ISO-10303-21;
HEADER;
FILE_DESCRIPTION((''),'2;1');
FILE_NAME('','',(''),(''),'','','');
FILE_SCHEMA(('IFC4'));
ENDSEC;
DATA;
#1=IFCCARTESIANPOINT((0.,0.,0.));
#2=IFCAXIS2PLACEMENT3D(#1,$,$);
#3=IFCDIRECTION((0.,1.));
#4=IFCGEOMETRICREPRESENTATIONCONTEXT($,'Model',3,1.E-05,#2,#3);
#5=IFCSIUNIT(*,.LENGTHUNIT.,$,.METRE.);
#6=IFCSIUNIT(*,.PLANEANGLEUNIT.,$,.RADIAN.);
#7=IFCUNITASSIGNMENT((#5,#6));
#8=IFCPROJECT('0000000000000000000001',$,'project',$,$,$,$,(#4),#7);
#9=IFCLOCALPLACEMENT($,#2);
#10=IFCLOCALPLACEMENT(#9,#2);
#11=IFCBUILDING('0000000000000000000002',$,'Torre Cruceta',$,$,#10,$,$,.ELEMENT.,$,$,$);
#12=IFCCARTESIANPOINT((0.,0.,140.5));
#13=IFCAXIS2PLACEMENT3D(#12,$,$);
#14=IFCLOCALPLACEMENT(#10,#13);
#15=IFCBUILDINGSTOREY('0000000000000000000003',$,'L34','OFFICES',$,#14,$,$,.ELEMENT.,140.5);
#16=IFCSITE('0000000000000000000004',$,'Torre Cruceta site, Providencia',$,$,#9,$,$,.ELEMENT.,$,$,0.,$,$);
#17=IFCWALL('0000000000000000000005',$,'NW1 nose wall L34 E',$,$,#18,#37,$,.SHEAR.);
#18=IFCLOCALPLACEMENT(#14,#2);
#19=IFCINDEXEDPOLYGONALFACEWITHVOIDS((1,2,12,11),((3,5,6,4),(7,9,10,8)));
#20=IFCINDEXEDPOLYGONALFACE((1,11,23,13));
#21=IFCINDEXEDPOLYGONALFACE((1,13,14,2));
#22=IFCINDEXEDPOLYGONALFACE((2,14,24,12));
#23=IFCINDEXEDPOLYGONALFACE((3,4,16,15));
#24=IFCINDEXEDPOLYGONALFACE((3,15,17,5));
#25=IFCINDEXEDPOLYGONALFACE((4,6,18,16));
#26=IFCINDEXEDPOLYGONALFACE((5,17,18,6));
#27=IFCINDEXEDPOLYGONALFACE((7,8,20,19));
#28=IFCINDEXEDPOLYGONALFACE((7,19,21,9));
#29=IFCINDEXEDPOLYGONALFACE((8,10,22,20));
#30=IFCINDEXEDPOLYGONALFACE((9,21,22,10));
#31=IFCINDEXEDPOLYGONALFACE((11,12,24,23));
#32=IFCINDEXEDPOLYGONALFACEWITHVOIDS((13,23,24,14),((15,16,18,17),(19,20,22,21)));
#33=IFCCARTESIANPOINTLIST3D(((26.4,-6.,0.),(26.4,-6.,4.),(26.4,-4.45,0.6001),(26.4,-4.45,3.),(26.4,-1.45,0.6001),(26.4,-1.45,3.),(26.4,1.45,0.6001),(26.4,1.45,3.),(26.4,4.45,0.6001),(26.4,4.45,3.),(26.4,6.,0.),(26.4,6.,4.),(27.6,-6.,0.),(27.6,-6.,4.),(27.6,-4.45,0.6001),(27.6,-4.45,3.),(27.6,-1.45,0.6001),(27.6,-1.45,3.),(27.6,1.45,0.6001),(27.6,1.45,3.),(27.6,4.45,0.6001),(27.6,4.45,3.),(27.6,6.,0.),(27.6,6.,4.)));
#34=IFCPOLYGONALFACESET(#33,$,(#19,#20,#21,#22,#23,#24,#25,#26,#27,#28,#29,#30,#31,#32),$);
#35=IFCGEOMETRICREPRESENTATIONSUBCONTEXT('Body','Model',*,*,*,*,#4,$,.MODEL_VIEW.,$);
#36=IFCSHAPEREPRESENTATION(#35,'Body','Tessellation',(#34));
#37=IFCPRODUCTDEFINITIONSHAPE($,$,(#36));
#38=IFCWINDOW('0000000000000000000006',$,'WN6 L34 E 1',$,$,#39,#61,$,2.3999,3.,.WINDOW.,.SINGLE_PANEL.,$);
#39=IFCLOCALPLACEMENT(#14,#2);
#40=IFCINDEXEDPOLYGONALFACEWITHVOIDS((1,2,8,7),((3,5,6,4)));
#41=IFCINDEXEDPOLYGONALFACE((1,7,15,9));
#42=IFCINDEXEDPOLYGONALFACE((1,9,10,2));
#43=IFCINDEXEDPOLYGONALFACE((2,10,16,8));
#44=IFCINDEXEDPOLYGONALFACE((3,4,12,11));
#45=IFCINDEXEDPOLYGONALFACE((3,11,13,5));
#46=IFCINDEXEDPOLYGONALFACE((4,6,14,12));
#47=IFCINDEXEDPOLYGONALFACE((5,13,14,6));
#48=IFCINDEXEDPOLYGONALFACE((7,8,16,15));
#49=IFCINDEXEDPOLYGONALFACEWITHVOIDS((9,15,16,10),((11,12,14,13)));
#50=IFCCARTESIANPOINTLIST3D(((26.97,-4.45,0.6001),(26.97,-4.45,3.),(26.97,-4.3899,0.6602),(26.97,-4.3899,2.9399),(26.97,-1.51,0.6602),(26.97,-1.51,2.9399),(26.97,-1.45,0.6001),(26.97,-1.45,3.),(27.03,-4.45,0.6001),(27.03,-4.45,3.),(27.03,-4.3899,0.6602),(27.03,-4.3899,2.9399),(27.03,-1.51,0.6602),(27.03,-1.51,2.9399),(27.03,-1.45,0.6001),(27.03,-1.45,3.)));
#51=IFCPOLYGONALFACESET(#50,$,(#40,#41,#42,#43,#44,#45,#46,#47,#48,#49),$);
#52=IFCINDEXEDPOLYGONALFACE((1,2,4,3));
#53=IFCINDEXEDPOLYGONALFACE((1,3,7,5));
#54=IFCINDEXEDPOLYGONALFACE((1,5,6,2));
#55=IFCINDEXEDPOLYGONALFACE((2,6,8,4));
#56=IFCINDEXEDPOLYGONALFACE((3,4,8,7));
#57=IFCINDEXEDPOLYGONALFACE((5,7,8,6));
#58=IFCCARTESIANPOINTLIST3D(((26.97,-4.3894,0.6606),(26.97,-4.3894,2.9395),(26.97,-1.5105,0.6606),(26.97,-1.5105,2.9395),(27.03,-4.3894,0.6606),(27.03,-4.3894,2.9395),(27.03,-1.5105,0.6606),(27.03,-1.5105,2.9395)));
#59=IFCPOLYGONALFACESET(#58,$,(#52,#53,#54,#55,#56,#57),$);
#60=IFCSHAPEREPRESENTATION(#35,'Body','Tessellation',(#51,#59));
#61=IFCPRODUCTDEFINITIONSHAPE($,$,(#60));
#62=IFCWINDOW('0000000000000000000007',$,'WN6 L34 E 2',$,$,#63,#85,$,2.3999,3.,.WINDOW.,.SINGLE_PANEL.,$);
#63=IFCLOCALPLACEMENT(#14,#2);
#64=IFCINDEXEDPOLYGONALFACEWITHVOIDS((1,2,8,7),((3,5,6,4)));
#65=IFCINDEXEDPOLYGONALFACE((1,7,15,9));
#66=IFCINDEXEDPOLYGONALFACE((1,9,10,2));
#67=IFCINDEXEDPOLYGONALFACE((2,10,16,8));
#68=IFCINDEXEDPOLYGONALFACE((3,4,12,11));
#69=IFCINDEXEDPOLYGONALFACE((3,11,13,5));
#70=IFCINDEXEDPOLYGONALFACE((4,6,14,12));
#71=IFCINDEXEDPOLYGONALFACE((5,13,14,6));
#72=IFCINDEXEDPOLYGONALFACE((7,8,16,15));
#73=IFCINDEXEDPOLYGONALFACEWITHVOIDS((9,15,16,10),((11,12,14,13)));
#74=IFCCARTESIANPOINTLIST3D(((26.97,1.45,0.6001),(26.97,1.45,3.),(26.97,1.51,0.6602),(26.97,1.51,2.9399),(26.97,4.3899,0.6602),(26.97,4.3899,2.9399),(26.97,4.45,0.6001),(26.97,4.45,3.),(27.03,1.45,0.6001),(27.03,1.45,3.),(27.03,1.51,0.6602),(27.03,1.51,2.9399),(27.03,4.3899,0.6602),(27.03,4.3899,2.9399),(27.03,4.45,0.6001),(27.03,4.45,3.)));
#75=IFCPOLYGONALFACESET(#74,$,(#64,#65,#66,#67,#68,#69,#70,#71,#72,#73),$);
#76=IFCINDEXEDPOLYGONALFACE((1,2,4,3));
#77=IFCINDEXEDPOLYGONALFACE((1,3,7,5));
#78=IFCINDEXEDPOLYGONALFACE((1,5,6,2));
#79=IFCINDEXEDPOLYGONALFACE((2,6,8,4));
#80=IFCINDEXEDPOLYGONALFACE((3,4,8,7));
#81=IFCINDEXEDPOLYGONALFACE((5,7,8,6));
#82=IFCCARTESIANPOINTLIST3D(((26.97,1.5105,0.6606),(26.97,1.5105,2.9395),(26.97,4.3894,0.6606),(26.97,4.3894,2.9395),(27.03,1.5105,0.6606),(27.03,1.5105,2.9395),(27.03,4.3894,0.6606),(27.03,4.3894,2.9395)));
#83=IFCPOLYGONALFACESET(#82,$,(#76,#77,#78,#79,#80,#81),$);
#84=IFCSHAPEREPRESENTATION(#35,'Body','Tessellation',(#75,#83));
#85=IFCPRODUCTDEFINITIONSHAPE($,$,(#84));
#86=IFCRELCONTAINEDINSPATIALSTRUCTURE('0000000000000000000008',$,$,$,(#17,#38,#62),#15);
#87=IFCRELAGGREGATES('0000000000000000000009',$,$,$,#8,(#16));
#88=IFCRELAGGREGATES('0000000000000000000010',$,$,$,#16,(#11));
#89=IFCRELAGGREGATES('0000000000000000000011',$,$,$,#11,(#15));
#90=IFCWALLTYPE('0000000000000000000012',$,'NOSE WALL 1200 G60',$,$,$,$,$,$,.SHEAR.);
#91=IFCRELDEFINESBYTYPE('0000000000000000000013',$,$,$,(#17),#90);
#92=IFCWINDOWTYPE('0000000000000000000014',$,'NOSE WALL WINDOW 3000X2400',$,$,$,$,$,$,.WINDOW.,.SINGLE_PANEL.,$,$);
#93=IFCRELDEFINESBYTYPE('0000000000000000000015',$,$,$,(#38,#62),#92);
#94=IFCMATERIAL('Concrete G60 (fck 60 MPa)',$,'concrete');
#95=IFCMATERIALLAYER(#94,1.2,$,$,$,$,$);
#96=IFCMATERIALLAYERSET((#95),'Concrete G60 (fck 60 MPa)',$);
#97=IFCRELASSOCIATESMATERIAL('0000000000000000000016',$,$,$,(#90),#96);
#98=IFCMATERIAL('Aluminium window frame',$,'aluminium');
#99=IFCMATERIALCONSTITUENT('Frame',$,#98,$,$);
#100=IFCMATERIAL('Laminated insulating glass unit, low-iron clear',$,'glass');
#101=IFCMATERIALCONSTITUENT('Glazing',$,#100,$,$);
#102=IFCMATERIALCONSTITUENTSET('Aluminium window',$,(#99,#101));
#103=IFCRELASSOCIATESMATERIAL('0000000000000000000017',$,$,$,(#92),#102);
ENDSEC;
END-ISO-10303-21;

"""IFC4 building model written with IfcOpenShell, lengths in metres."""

from ifc_helpers import new_model, si_unit, direction, frame, frame_2d, origin, place, context, subcontext, project, spatial, rectangle, hollow_rectangle, extrude, material, layer, layer_set, constituent, constituent_set, type_object, element, fill, save


model = new_model("IFC4")

# Units and contexts
model_context = context("Model", 3, precision=1e-05, world=origin(), true_north=direction((0.0, 1.0)))
body_context = subcontext(model_context, "Body", "Model", "MODEL_VIEW")
ifc_project = project(units=[si_unit("LENGTHUNIT", "METRE"), si_unit("PLANEANGLEUNIT", "RADIAN")], contexts=[model_context])

# Site, building, storey
site_placement = place(None, origin())
site = spatial("IfcSite", under=ifc_project, at=site_placement, Name="Torre Cruceta site, Providencia", CompositionType="ELEMENT", RefElevation=0.0)
building_placement = place(site_placement, origin())
building = spatial("IfcBuilding", under=site, at=building_placement, Name="Torre Cruceta", CompositionType="ELEMENT")
storey_placement = place(building_placement, frame((0.0, 0.0, 140.5)))
storey = spatial("IfcBuildingStorey", under=building, at=storey_placement, Name="L34", Description="OFFICES", CompositionType="ELEMENT", Elevation=140.5)

# Wall, openings, windows
ifc_material_1 = material(Name="Concrete G60 (fck 60 MPa)", Category="concrete")
ifc_layer_1 = layer(ifc_material_1, 1.2)
ifc_layer_set_1 = layer_set([ifc_layer_1], Name="Concrete G60 (fck 60 MPa)")
wall_type_1 = type_object("IfcWallType", Name="NOSE WALL 1200 G60", PredefinedType="SHEAR", material=ifc_layer_set_1)
wall_1_placement = place(storey_placement, frame((27.0, -6.0, 0.0), z_axis=(0.0, 0.0, 1.0), x_axis=(0.0, 1.0, 0.0)))
wall_1 = element("IfcWall", 1, at=wall_1_placement, inside=storey, type_object=wall_type_1, Name="NW1 nose wall L34 E", PredefinedType="SHEAR", context=body_context, shape_type="SweptSolid", body=[
    extrude(rectangle(XDim=12.0, YDim=1.2, at=frame_2d((6.0, 0.0))), origin(), (0.0, 0.0, 1.0), 4.0),
])
opening_1_placement = place(wall_1_placement, frame((1.55, 0.0, 0.6001)))
opening_1 = element("IfcOpeningElement", 2, at=opening_1_placement, cuts=wall_1, PredefinedType="OPENING", context=body_context, shape_type="SweptSolid", body=[
    extrude(rectangle(XDim=3.0, YDim=2.3999, at=frame_2d((1.5, 1.2))), frame((0.0, 0.6099, 0.0), z_axis=(0.0, -1.0, 0.0), x_axis=(1.0, 0.0, 0.0)), (0.0, 0.0, 1.0), 1.22),
])
opening_2_placement = place(wall_1_placement, frame((7.45, 0.0, 0.6001)))
opening_2 = element("IfcOpeningElement", 3, at=opening_2_placement, cuts=wall_1, PredefinedType="OPENING", context=body_context, shape_type="SweptSolid", body=[
    extrude(rectangle(XDim=3.0, YDim=2.3999, at=frame_2d((1.5, 1.2))), frame((0.0, 0.6099, 0.0), z_axis=(0.0, -1.0, 0.0), x_axis=(1.0, 0.0, 0.0)), (0.0, 0.0, 1.0), 1.22),
])
ifc_material_2 = material(Name="Aluminium window frame", Category="aluminium")
ifc_constituent_1 = constituent(ifc_material_2, Name="Frame")
ifc_material_3 = material(Name="Laminated insulating glass unit, low-iron clear", Category="glass")
ifc_constituent_2 = constituent(ifc_material_3, Name="Glazing")
ifc_constituent_set_1 = constituent_set(constituents=[ifc_constituent_1, ifc_constituent_2], Name="Aluminium window")
window_type_1 = type_object("IfcWindowType", Name="NOSE WALL WINDOW 3000X2400", PartitioningType="SINGLE_PANEL", PredefinedType="WINDOW", material=ifc_constituent_set_1)
window_1_placement = place(opening_1_placement, origin())
window_1 = element("IfcWindow", 4, at=window_1_placement, inside=storey, type_object=window_type_1, Name="WN6 L34 E 1", OverallHeight=2.3999, OverallWidth=3.0, PartitioningType="SINGLE_PANEL", PredefinedType="WINDOW", context=body_context, shape_type="SweptSolid", body=[
    extrude(hollow_rectangle(XDim=3.0, YDim=2.3999, WallThickness=0.0601, at=frame_2d((1.5, 1.2))), frame((0.0, 0.03, 0.0), z_axis=(0.0, -1.0, 0.0), x_axis=(1.0, 0.0, 0.0)), (0.0, 0.0, 1.0), 0.0601),
    extrude(rectangle(XDim=2.8789, YDim=2.2788, at=frame_2d((1.5, 1.2))), frame((0.0, 0.03, 0.0), z_axis=(0.0, -1.0, 0.0), x_axis=(1.0, 0.0, 0.0)), (0.0, 0.0, 1.0), 0.0601),
])
fill(opening_1, window_1)
window_2_placement = place(opening_2_placement, origin())
window_2 = element("IfcWindow", 5, at=window_2_placement, inside=storey, type_object=window_type_1, Name="WN6 L34 E 2", OverallHeight=2.3999, OverallWidth=3.0, PartitioningType="SINGLE_PANEL", PredefinedType="WINDOW", context=body_context, shape_type="SweptSolid", body=[
    extrude(hollow_rectangle(XDim=3.0, YDim=2.3999, WallThickness=0.0601, at=frame_2d((1.5, 1.2))), frame((0.0, 0.03, 0.0), z_axis=(0.0, -1.0, 0.0), x_axis=(1.0, 0.0, 0.0)), (0.0, 0.0, 1.0), 0.0601),
    extrude(rectangle(XDim=2.8789, YDim=2.2788, at=frame_2d((1.5, 1.2))), frame((0.0, 0.03, 0.0), z_axis=(0.0, -1.0, 0.0), x_axis=(1.0, 0.0, 0.0)), (0.0, 0.0, 1.0), 0.0601),
])
fill(opening_2, window_2)

save(model, "model.ifc")
